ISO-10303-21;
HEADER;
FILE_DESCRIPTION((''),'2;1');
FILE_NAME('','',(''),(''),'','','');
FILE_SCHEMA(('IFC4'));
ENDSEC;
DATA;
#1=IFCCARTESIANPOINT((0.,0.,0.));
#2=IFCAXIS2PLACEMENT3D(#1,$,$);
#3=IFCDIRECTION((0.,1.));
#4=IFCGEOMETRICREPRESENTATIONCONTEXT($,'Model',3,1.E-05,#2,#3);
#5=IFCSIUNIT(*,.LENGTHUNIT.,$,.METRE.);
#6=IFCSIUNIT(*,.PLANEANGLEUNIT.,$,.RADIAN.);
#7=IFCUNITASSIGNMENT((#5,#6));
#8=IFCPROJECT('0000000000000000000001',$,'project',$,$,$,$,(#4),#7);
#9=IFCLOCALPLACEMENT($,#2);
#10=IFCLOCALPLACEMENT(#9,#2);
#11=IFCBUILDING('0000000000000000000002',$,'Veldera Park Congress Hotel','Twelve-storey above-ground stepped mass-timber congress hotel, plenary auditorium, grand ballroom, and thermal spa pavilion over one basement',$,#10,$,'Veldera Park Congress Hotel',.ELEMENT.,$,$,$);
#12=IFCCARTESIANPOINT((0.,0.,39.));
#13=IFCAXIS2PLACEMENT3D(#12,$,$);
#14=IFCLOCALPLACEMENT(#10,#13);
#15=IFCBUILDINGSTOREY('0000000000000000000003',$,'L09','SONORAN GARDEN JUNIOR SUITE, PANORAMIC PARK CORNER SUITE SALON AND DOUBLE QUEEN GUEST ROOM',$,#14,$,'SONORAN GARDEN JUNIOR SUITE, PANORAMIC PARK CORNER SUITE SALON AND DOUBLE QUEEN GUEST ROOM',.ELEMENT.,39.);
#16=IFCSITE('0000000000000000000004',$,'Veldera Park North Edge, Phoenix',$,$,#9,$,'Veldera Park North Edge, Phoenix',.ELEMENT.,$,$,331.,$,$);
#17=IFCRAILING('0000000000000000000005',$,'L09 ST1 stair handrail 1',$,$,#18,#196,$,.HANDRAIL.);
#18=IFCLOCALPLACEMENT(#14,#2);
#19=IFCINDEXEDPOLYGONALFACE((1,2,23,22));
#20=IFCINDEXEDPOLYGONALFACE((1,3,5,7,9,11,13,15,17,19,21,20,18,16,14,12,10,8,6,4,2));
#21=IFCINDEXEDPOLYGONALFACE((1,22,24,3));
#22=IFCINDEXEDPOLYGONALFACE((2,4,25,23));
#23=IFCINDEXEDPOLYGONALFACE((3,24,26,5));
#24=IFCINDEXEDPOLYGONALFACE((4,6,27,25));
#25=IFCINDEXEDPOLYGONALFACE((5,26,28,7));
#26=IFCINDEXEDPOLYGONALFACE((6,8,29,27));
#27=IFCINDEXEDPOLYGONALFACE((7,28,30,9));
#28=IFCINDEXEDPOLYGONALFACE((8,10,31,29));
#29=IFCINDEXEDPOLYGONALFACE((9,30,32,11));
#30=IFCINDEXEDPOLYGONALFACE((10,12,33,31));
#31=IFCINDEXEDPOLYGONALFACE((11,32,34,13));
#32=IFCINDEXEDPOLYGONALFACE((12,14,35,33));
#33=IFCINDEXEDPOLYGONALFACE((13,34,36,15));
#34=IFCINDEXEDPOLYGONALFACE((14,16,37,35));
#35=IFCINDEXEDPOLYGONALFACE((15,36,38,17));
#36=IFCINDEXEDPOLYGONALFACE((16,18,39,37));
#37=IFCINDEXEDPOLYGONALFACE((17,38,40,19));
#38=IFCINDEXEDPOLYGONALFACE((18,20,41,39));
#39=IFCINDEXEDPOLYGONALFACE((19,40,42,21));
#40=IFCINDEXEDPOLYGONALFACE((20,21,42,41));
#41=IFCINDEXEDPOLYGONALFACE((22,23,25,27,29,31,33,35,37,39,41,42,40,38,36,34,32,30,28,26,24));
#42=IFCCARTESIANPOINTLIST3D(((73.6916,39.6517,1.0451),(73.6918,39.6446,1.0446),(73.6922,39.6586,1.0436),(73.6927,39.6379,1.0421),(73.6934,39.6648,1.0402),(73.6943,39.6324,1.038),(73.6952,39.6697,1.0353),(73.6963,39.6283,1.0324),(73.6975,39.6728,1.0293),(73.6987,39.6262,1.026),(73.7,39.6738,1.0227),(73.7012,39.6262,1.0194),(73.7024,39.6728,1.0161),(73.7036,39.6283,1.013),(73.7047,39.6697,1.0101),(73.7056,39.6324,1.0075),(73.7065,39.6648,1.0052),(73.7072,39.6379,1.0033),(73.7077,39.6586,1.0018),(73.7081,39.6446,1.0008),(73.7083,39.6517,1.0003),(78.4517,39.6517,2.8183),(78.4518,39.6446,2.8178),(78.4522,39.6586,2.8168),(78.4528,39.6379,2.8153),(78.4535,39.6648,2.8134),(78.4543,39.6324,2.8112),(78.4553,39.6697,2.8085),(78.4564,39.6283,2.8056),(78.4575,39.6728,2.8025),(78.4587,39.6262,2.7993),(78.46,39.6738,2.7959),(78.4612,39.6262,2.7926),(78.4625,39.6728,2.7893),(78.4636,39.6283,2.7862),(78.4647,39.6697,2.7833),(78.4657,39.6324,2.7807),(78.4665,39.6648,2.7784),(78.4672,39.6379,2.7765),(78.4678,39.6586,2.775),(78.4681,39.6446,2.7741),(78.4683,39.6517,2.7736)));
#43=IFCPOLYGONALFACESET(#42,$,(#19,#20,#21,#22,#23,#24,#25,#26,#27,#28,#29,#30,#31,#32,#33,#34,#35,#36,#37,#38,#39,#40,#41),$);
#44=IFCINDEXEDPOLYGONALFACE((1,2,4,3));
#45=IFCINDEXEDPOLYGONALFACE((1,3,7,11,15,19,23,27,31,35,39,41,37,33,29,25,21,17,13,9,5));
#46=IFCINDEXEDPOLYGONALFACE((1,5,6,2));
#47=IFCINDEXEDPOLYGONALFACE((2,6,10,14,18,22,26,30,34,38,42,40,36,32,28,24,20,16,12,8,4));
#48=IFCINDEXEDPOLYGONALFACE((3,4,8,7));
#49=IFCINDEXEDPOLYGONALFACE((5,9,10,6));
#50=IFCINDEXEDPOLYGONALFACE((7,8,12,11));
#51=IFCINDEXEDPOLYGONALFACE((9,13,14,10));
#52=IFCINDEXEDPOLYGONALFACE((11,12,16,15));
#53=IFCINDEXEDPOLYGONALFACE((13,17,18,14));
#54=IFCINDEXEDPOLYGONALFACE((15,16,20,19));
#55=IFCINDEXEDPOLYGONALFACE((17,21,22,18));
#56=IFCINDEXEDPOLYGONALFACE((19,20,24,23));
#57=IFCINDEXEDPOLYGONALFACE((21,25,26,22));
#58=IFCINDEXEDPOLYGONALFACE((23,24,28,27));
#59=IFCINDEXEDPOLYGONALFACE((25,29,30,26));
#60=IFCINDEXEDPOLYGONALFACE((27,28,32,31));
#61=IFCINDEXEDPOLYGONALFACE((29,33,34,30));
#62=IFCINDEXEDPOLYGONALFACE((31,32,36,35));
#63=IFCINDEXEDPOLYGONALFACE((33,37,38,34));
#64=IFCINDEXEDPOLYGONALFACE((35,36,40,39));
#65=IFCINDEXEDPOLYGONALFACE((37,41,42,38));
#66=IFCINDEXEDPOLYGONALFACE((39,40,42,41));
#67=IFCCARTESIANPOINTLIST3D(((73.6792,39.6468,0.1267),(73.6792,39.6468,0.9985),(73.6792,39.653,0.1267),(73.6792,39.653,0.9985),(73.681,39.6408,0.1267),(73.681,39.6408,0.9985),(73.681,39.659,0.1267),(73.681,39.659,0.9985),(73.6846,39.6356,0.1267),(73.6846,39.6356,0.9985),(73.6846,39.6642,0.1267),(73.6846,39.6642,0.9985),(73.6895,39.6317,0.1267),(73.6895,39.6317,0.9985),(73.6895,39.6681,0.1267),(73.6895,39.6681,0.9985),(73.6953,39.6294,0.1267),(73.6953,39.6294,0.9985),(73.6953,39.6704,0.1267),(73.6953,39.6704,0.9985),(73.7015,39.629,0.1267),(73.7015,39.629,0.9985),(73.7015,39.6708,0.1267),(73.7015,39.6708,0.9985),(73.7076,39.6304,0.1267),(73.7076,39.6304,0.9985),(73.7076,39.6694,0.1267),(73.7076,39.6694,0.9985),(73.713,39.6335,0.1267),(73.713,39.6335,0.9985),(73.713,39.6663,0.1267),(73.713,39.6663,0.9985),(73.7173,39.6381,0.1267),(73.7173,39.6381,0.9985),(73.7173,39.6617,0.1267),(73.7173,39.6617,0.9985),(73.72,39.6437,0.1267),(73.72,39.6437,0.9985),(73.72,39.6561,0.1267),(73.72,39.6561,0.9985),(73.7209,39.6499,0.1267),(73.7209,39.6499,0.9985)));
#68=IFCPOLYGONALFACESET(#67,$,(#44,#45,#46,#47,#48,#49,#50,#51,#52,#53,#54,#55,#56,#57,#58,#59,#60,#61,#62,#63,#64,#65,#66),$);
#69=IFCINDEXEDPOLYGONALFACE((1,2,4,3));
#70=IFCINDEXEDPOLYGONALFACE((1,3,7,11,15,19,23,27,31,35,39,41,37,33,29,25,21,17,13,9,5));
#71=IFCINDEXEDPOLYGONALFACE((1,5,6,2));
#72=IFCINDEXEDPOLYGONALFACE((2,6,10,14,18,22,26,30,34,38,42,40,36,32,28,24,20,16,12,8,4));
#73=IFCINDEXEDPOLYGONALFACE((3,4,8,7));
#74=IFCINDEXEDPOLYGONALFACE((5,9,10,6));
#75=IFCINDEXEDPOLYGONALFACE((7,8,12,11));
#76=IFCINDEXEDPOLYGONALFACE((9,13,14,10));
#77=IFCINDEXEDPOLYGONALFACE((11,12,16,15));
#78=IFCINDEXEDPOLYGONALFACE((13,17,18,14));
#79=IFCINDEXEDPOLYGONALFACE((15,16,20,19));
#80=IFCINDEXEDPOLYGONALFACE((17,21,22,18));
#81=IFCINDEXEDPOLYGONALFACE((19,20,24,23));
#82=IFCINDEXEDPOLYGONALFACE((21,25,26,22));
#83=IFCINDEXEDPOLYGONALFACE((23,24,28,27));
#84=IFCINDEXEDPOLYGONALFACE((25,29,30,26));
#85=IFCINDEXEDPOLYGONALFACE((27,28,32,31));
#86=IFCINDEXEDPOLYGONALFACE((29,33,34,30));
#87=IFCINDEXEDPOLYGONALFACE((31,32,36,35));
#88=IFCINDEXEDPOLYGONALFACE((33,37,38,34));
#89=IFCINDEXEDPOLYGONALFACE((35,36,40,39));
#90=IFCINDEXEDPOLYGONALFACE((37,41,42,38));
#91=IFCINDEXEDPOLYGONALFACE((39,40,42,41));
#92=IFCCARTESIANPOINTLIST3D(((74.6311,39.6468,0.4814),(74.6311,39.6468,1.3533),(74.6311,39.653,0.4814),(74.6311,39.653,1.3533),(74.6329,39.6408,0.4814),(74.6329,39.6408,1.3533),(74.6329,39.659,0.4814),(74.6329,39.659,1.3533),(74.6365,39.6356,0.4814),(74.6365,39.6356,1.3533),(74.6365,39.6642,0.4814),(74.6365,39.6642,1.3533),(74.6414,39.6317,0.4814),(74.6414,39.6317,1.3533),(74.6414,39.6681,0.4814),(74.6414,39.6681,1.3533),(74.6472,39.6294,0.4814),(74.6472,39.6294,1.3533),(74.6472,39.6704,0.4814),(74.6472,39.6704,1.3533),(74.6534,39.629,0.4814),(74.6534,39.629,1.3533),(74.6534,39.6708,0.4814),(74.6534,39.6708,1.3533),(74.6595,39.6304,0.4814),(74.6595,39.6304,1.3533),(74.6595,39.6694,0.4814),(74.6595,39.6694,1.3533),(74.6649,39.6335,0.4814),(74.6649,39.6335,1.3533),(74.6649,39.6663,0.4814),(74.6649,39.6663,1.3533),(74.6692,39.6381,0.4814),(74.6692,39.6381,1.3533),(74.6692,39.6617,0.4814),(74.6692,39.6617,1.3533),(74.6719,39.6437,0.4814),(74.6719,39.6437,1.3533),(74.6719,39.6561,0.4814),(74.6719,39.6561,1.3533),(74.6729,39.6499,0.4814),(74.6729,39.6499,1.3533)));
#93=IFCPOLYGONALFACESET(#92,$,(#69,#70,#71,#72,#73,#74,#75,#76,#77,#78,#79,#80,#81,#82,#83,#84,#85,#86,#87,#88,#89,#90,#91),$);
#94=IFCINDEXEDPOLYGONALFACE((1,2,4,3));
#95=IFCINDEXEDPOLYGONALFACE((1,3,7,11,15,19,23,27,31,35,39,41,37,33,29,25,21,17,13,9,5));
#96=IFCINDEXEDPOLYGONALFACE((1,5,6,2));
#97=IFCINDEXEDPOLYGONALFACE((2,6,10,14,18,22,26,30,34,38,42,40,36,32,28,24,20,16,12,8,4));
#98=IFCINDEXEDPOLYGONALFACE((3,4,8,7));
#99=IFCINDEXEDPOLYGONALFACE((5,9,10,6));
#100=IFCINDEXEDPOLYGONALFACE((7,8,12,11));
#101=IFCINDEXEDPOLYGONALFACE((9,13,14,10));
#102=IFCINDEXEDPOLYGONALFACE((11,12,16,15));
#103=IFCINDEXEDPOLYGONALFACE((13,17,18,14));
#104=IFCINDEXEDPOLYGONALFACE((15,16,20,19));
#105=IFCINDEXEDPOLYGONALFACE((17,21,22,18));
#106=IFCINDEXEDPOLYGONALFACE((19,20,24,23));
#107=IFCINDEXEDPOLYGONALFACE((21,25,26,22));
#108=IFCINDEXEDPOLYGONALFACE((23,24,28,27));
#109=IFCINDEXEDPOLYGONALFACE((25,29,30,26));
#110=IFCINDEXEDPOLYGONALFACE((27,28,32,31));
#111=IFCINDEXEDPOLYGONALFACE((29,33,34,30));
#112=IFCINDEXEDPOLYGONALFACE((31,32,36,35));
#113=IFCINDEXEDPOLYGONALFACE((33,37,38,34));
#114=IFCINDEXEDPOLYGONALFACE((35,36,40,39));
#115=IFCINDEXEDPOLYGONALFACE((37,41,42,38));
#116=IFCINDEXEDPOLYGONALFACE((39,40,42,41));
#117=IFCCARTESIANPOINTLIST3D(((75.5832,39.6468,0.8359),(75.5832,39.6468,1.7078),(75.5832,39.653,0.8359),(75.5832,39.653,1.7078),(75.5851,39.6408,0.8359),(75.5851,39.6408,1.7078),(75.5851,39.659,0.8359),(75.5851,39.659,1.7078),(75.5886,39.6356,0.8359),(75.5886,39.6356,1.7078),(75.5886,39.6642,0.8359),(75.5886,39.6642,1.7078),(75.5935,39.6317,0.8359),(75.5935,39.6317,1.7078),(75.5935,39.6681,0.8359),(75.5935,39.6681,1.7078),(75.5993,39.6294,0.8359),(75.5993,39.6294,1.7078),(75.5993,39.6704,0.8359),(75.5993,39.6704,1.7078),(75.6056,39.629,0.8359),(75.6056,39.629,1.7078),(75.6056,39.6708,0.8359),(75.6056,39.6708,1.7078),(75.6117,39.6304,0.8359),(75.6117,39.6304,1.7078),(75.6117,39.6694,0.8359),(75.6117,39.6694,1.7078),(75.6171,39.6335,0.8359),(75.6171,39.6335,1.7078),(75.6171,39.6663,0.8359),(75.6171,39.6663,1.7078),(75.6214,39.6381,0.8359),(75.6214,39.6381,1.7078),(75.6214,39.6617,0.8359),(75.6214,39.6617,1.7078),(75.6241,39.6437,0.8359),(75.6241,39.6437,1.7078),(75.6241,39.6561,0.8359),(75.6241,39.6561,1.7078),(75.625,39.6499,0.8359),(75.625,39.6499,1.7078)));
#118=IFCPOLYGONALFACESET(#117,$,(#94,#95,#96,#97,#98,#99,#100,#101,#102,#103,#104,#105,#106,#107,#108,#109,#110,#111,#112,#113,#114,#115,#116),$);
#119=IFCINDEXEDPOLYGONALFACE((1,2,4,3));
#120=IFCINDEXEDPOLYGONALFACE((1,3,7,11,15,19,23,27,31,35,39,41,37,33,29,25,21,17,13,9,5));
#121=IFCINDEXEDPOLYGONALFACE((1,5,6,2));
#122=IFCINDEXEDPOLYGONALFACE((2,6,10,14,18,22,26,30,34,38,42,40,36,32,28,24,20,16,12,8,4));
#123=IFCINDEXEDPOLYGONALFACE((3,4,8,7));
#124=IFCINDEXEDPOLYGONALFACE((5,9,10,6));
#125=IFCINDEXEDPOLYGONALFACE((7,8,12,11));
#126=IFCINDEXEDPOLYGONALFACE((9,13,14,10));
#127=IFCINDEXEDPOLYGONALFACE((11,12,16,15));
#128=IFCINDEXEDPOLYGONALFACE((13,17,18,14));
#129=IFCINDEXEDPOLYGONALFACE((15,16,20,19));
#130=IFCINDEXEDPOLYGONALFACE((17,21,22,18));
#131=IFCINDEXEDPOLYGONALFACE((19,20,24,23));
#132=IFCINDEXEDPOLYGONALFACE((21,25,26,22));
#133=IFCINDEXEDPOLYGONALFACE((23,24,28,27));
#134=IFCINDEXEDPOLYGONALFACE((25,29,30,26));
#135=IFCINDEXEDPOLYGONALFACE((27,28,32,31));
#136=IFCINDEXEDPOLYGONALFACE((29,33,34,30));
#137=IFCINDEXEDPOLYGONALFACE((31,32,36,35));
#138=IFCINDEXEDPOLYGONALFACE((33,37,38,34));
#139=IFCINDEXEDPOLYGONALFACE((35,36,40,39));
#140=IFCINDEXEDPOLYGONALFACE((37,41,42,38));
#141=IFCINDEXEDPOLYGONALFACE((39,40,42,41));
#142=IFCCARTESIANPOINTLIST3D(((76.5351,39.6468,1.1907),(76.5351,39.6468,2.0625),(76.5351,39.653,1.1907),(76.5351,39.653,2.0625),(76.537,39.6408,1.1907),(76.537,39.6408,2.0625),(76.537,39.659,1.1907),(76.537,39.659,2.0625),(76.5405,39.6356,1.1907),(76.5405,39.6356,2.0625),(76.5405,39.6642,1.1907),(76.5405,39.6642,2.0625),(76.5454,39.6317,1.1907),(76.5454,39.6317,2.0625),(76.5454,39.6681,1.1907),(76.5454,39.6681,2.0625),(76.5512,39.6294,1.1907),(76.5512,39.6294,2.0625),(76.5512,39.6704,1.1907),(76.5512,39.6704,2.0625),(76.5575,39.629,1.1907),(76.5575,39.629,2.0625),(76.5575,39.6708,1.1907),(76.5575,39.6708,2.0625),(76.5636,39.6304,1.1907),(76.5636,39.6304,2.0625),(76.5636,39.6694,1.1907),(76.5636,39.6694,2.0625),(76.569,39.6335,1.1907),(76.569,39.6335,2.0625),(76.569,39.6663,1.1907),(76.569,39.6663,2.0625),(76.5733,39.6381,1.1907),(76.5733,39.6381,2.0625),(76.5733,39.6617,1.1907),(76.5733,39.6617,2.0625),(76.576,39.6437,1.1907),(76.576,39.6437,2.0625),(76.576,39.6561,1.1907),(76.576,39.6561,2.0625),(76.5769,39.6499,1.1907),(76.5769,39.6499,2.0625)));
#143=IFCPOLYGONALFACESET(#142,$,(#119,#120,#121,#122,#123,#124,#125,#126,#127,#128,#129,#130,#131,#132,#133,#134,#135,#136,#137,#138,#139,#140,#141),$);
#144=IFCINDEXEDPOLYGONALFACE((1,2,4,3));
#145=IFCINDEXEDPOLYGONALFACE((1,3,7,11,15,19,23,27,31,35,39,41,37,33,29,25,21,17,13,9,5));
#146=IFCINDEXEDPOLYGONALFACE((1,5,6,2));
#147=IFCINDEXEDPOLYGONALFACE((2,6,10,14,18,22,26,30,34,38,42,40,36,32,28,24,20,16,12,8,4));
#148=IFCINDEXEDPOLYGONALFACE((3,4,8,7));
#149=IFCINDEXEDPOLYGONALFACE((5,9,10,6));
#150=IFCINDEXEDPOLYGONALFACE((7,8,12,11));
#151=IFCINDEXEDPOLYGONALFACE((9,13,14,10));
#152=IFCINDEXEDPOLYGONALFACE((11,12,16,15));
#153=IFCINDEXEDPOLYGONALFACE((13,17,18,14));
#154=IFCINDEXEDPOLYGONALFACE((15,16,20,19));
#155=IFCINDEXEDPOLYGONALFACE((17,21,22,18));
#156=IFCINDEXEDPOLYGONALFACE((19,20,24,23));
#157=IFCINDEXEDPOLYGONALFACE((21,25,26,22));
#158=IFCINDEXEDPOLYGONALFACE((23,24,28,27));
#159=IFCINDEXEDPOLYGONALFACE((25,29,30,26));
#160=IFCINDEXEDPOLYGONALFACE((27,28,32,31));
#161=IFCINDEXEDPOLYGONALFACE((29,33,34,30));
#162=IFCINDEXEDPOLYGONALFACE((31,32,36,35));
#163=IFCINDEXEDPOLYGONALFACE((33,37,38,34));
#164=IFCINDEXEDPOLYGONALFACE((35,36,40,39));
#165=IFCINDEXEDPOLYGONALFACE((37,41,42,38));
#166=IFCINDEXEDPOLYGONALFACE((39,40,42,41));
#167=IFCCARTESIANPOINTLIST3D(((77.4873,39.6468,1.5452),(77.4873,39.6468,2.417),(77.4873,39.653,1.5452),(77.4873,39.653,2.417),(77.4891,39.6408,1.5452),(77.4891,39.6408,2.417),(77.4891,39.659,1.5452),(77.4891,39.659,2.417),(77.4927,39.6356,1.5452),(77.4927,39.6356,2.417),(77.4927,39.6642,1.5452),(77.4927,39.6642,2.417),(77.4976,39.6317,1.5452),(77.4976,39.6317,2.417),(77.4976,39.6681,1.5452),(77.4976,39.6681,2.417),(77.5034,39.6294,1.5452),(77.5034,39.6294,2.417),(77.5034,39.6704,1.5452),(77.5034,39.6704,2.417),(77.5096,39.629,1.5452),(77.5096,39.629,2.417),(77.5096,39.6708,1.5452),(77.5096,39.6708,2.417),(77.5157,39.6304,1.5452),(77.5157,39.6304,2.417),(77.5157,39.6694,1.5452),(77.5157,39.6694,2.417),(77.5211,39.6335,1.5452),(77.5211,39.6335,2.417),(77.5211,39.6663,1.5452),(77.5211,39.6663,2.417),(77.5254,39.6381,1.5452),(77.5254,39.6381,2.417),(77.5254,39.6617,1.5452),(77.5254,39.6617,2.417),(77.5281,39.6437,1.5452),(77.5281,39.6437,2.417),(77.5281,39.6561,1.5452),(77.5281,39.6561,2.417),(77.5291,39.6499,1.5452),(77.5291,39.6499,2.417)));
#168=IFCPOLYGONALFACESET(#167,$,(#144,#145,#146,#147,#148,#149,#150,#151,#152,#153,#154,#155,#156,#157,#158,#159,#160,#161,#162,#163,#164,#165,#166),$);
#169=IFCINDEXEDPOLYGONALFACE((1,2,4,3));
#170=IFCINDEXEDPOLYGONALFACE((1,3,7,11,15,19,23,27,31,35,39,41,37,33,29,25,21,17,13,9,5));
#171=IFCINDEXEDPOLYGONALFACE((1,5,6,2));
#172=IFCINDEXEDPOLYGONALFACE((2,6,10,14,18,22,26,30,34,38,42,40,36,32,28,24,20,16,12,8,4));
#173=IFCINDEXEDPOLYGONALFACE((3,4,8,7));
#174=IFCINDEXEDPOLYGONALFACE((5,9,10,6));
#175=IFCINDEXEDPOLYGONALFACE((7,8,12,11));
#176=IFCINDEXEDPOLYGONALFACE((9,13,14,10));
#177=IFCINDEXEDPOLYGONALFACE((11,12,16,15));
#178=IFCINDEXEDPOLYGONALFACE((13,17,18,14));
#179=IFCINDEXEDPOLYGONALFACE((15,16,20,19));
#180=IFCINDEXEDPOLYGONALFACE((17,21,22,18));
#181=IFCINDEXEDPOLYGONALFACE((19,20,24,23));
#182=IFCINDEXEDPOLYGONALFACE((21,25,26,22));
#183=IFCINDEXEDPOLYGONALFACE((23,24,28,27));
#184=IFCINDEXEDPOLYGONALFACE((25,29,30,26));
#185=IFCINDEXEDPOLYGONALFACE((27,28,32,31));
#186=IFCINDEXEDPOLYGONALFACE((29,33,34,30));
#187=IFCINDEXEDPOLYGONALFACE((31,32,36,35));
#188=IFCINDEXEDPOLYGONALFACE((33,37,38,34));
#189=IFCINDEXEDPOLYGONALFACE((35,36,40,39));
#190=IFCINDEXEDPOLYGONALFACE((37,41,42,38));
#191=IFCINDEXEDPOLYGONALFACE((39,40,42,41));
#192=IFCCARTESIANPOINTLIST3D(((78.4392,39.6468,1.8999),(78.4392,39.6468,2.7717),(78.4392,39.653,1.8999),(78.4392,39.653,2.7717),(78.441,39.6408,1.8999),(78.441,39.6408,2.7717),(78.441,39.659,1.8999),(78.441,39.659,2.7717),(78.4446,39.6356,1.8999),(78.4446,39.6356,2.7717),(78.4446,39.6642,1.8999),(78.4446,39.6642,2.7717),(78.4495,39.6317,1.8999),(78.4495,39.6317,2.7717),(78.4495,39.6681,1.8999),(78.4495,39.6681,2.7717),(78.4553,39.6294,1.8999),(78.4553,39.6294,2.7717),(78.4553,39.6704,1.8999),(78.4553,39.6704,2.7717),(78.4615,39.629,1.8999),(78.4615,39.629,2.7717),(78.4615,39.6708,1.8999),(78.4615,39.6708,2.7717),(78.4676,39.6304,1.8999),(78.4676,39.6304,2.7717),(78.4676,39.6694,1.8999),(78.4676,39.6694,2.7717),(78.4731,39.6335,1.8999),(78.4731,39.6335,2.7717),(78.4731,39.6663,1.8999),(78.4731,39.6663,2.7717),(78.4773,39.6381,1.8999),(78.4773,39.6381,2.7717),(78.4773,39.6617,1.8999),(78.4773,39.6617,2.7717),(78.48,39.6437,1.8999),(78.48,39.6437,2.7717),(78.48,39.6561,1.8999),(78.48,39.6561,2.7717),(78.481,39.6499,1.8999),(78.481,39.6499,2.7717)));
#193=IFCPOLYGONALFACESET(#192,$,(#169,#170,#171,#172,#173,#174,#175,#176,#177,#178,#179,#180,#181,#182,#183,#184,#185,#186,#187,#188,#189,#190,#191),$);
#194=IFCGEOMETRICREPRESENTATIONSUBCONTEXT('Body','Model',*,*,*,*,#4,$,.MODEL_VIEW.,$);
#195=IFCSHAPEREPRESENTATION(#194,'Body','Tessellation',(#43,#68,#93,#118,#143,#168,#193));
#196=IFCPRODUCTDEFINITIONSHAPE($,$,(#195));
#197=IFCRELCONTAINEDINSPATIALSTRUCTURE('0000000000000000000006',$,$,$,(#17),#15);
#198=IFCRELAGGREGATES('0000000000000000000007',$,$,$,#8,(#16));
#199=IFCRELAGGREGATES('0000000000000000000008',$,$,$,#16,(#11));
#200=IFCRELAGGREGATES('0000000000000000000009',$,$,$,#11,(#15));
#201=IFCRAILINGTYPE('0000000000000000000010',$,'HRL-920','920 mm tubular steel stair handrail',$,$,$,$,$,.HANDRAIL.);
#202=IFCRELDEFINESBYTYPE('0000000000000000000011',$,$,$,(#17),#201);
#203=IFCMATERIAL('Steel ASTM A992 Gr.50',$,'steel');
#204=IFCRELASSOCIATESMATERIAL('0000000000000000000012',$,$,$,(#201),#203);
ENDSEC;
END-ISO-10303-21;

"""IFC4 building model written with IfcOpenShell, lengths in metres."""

from ifc_helpers import new_model, si_unit, direction, frame, origin, origin_2d, place, context, subcontext, project, spatial, circle, extrude, material, type_object, element, save


model = new_model("IFC4")

# Units and contexts
model_context = context("Model", 3, precision=1e-05, world=origin(), true_north=direction((0.0, 1.0)))
body_context = subcontext(model_context, "Body", "Model", "MODEL_VIEW")
ifc_project = project(units=[si_unit("LENGTHUNIT", "METRE"), si_unit("PLANEANGLEUNIT", "RADIAN")], contexts=[model_context])

# Site, building, storey
site_placement = place(None, origin())
site = spatial("IfcSite", under=ifc_project, at=site_placement, Name="Veldera Park North Edge, Phoenix", LongName="Veldera Park North Edge, Phoenix", CompositionType="ELEMENT", RefElevation=331.0)
building_placement = place(site_placement, origin())
building = spatial("IfcBuilding", under=site, at=building_placement, Name="Veldera Park Congress Hotel", Description="Twelve-storey above-ground stepped mass-timber congress hotel, plenary auditorium, grand ballroom, and thermal spa pavilion over one basement", LongName="Veldera Park Congress Hotel", CompositionType="ELEMENT")
storey_placement = place(building_placement, frame((0.0, 0.0, 39.0)))
storey = spatial("IfcBuildingStorey", under=building, at=storey_placement, Name="L09", Description="SONORAN GARDEN JUNIOR SUITE, PANORAMIC PARK CORNER SUITE SALON AND DOUBLE QUEEN GUEST ROOM", LongName="SONORAN GARDEN JUNIOR SUITE, PANORAMIC PARK CORNER SUITE SALON AND DOUBLE QUEEN GUEST ROOM", CompositionType="ELEMENT", Elevation=39.0)

# Railing
ifc_material_1 = material(Name="Steel ASTM A992 Gr.50", Category="steel")
railing_type = type_object("IfcRailingType", Name="HRL-920", Description="920 mm tubular steel stair handrail", PredefinedType="HANDRAIL", material=ifc_material_1)
railing_placement = place(storey_placement, frame((73.7, 39.6499, 0.1267)))
element("IfcRailing", 1, at=railing_placement, inside=storey, type_object=railing_type, Name="L09 ST1 stair handrail 1", PredefinedType="HANDRAIL", context=body_context, shape_type="SweptSolid", body=[
    extrude(circle(Radius=0.0239, at=origin_2d()), frame((0.0, 0.0, 0.896), z_axis=(0.937091, 0.0, 0.349084), x_axis=(0.0, 1.0, 0.0)), (0.0, 0.0, 1.0), 5.0796),
    extrude(circle(Radius=0.021, at=origin_2d()), origin(), (0.0, 0.0, 1.0), 0.8718),
    extrude(circle(Radius=0.021, at=origin_2d()), frame((0.9519, 0.0, 0.3547)), (0.0, 0.0, 1.0), 0.8718),
    extrude(circle(Radius=0.021, at=origin_2d()), frame((1.9041, 0.0, 0.7092)), (0.0, 0.0, 1.0), 0.8718),
    extrude(circle(Radius=0.021, at=origin_2d()), frame((2.856, 0.0, 1.064)), (0.0, 0.0, 1.0), 0.8718),
    extrude(circle(Radius=0.021, at=origin_2d()), frame((3.8081, 0.0, 1.4185)), (0.0, 0.0, 1.0), 0.8718),
    extrude(circle(Radius=0.021, at=origin_2d()), frame((4.76, 0.0, 1.7732)), (0.0, 0.0, 1.0), 0.8718),
])

save(model, "model.ifc")
